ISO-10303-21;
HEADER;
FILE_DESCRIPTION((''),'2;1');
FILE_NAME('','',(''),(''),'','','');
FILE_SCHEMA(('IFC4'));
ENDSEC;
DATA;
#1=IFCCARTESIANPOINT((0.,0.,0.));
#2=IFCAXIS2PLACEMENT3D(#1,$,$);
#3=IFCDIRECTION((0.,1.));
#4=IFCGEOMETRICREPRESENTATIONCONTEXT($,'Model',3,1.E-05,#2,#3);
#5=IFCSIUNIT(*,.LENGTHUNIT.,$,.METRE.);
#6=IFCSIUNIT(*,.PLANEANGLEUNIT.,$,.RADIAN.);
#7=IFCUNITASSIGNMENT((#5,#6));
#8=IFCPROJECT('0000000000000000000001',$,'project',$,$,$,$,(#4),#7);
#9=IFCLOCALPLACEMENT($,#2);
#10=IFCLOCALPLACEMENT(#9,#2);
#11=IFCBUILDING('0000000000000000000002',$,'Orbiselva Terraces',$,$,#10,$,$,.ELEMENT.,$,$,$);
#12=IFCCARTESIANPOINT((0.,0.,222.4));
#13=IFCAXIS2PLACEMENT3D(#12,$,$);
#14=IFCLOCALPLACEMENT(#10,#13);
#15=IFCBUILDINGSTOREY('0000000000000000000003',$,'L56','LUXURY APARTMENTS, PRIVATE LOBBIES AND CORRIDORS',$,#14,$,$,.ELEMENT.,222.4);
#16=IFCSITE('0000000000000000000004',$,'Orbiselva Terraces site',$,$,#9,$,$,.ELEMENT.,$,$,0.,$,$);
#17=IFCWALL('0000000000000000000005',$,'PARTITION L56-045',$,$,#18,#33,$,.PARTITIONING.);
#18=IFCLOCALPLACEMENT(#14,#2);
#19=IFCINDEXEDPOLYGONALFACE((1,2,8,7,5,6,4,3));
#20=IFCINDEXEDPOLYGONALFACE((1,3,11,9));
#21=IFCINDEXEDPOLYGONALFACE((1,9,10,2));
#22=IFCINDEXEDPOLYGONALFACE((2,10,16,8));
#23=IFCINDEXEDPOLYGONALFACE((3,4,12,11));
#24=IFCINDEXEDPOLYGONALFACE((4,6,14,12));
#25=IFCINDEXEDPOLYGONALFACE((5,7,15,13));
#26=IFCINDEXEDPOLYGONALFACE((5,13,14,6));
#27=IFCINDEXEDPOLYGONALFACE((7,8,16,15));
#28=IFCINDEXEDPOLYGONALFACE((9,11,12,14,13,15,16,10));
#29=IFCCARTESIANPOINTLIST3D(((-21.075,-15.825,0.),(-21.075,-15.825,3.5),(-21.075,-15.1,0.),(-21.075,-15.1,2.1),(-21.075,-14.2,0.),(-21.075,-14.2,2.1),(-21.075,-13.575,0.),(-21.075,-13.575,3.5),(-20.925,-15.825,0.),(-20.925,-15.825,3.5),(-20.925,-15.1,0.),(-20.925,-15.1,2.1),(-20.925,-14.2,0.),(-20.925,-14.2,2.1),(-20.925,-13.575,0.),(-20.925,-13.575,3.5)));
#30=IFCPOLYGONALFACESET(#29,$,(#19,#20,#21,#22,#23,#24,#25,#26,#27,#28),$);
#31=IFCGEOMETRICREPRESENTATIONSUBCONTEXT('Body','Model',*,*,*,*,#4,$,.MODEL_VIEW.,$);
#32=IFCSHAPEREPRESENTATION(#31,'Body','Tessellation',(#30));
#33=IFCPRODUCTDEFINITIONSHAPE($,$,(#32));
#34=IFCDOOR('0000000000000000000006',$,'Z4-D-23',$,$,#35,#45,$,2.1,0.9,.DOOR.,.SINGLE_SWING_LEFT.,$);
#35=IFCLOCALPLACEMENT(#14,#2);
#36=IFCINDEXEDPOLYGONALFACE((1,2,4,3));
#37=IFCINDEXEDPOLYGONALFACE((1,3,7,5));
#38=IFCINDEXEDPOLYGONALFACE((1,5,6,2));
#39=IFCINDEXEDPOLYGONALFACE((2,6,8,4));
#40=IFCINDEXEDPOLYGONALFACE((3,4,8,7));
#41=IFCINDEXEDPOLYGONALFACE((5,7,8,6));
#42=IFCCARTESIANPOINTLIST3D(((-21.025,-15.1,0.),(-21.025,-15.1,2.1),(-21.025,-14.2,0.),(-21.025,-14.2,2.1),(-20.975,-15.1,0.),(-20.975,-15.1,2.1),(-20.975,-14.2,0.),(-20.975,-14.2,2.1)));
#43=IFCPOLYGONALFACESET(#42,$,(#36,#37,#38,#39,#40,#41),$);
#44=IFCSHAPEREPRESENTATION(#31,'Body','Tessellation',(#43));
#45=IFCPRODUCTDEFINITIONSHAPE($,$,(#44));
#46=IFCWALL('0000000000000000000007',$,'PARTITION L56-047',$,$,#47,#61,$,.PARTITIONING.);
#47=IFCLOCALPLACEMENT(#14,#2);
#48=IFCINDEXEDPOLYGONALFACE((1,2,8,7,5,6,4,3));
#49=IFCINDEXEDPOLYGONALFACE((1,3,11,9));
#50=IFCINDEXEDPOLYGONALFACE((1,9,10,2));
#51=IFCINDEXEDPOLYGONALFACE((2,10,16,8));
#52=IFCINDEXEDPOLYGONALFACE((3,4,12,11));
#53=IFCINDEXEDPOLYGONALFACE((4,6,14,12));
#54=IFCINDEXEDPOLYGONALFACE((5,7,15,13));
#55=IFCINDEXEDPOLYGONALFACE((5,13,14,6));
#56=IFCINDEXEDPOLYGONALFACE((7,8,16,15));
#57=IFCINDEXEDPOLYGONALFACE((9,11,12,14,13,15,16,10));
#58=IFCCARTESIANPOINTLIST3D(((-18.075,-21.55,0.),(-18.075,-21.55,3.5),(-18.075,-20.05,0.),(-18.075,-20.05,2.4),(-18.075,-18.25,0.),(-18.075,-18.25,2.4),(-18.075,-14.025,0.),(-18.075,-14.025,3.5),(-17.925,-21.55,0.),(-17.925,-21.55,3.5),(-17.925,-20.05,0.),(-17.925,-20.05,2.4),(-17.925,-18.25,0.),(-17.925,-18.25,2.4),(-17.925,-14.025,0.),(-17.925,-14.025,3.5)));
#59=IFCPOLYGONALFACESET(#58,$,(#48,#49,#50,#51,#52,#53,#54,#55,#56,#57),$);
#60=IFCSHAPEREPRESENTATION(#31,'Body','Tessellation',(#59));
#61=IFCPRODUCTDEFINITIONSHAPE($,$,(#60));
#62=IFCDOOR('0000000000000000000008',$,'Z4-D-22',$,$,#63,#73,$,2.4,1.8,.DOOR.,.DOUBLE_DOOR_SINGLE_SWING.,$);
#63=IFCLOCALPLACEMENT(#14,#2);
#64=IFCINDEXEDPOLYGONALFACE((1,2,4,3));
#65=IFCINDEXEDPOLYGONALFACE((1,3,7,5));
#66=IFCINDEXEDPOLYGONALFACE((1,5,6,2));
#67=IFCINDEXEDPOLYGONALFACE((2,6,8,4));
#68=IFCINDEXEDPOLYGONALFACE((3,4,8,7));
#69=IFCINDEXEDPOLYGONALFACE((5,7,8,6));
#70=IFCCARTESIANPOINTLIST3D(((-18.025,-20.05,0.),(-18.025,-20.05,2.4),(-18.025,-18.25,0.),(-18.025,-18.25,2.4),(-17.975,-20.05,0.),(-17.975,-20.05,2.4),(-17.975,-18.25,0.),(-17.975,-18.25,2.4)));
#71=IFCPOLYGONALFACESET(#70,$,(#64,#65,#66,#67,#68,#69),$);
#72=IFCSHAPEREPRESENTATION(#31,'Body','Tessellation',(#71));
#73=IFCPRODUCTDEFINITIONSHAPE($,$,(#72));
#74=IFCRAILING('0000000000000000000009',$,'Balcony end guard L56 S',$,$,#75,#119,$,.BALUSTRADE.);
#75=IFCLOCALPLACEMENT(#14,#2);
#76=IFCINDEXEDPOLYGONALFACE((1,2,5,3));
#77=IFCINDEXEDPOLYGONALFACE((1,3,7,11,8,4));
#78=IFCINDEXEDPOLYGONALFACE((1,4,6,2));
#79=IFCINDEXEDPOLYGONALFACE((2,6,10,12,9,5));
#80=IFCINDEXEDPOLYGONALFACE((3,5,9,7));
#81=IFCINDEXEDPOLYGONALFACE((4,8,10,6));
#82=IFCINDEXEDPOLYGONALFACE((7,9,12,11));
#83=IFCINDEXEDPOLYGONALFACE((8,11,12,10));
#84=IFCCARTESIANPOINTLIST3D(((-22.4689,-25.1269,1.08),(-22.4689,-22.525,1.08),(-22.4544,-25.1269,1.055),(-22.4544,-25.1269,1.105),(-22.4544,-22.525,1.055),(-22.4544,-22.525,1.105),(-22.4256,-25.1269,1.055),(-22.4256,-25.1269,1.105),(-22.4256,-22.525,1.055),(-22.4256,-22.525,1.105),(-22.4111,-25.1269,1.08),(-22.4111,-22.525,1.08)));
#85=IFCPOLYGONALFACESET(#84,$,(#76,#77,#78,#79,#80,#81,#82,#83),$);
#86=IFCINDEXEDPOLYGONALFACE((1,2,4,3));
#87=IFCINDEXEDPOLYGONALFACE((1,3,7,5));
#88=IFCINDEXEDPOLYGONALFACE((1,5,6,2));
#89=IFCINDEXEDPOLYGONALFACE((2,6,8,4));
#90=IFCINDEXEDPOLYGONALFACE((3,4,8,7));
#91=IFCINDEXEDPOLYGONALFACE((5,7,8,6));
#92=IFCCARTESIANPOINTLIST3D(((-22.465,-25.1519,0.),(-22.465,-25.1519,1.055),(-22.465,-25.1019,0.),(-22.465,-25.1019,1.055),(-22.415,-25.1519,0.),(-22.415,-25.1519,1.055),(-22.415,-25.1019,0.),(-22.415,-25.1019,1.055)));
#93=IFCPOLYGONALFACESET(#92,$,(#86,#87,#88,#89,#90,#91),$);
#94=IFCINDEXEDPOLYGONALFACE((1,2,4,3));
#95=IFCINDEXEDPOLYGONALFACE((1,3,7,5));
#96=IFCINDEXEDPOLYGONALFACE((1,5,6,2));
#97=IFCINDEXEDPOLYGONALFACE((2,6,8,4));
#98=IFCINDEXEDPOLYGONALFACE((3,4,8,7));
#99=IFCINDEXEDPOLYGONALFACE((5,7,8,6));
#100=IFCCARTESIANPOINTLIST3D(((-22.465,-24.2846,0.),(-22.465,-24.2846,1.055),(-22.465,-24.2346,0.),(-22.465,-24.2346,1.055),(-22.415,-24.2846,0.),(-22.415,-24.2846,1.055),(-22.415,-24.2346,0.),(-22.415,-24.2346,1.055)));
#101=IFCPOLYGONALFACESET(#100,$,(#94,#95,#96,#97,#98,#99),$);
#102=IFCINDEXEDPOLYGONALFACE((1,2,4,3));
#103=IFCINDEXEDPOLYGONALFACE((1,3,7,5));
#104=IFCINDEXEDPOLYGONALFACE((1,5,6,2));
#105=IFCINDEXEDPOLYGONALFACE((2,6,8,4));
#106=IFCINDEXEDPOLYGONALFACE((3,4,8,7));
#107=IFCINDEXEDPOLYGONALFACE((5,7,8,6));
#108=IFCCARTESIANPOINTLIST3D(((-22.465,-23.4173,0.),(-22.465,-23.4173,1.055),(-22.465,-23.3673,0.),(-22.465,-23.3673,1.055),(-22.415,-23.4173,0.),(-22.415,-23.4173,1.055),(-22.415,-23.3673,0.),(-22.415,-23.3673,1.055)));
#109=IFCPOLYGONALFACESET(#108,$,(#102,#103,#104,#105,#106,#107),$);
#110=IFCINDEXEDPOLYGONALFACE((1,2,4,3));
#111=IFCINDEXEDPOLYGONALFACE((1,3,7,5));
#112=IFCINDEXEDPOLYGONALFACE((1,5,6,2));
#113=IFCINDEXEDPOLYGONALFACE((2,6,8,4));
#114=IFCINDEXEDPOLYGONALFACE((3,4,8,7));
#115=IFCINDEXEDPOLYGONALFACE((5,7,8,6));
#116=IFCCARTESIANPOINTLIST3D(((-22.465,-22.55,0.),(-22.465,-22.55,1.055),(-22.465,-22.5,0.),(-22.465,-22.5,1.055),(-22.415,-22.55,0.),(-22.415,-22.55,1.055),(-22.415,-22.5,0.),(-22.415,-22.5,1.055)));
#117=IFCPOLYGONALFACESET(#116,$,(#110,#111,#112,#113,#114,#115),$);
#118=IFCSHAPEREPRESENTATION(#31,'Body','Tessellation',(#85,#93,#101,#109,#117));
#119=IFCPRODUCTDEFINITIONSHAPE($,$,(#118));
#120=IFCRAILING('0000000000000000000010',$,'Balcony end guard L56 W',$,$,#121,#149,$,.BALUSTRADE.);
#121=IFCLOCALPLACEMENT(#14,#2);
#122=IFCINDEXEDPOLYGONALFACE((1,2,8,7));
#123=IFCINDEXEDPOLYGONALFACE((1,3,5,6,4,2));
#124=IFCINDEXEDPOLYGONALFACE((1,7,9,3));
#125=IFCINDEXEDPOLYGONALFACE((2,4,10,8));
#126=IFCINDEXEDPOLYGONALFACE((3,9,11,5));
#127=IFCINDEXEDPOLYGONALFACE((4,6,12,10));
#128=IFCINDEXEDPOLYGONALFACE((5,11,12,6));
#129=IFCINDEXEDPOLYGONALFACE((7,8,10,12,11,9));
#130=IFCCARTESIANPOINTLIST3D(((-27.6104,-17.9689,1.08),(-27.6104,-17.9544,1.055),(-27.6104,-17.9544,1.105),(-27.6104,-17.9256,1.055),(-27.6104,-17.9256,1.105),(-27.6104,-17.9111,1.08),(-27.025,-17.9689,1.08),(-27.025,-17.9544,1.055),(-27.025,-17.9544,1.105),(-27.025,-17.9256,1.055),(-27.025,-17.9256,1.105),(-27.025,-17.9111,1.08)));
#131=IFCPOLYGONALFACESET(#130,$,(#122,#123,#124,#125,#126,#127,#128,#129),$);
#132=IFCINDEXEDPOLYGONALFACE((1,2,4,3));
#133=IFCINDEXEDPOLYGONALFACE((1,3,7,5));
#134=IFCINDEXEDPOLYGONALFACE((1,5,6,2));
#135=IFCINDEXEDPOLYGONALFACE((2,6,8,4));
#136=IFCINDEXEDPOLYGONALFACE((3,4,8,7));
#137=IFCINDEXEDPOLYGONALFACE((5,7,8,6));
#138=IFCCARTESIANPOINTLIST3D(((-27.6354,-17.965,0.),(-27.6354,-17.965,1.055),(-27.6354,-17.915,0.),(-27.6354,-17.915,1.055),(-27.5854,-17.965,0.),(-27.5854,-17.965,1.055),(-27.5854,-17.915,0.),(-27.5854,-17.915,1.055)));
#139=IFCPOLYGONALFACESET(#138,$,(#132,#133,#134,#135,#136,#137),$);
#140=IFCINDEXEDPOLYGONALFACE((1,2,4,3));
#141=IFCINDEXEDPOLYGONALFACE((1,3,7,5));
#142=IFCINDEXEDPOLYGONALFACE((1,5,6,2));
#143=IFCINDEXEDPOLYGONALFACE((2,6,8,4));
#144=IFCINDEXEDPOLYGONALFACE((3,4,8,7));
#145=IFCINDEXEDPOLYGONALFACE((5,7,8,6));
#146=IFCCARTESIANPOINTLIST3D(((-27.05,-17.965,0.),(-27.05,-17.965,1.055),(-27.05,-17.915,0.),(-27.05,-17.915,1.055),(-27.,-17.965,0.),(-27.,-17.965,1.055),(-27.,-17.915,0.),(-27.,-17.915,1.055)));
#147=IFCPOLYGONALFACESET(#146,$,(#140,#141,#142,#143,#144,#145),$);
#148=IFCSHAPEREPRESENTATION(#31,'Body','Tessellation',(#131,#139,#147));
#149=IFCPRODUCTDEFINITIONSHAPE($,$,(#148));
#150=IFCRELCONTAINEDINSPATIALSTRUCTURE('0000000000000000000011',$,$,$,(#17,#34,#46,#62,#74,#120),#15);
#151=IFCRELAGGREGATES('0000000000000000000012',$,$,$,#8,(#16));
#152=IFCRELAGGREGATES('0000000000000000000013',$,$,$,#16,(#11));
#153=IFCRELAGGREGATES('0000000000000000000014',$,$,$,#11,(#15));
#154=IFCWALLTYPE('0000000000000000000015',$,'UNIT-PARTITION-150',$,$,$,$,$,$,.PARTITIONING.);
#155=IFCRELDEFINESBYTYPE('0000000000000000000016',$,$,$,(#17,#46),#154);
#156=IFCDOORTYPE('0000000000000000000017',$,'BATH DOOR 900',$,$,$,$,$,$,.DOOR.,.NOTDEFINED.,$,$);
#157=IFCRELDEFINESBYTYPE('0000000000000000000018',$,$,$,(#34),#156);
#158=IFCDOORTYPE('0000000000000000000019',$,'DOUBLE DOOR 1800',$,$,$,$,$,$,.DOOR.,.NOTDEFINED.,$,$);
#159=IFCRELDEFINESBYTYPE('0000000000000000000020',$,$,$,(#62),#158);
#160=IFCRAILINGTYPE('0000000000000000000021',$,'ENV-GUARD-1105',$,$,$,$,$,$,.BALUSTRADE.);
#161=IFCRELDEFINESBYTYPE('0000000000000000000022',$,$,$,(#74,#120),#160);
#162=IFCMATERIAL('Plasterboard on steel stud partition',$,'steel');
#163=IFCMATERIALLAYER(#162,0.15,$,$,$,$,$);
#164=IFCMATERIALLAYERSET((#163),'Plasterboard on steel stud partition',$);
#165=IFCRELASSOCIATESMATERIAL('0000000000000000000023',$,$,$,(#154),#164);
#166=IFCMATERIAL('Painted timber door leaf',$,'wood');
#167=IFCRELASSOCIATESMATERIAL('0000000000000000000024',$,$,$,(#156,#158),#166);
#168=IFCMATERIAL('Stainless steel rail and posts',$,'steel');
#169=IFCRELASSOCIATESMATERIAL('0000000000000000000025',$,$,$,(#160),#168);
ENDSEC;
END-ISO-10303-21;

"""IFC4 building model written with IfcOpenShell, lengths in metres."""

from ifc_helpers import new_model, si_unit, direction, frame, frame_2d, origin, origin_2d, place, context, subcontext, project, spatial, polyline, rectangle, outline, extrude, material, layer, layer_set, type_object, element, fill, save


model = new_model("IFC4")

# Units and contexts
model_context = context("Model", 3, precision=1e-05, world=origin(), true_north=direction((0.0, 1.0)))
body_context = subcontext(model_context, "Body", "Model", "MODEL_VIEW")
ifc_project = project(units=[si_unit("LENGTHUNIT", "METRE"), si_unit("PLANEANGLEUNIT", "RADIAN")], contexts=[model_context])

# Site, building, storey
site_placement = place(None, origin())
site = spatial("IfcSite", under=ifc_project, at=site_placement, Name="Orbiselva Terraces site", CompositionType="ELEMENT", RefElevation=0.0)
building_placement = place(site_placement, origin())
building = spatial("IfcBuilding", under=site, at=building_placement, Name="Orbiselva Terraces", CompositionType="ELEMENT")
storey_placement = place(building_placement, frame((0.0, 0.0, 222.4)))
storey = spatial("IfcBuildingStorey", under=building, at=storey_placement, Name="L56", Description="LUXURY APARTMENTS, PRIVATE LOBBIES AND CORRIDORS", CompositionType="ELEMENT", Elevation=222.4)

# Shared definitions
ifc_material_1 = material(Name="Plasterboard on steel stud partition", Category="steel")
ifc_layer_1 = layer(ifc_material_1, 0.15)
ifc_layer_set_1 = layer_set([ifc_layer_1], Name="Plasterboard on steel stud partition")
wall_type_1 = type_object("IfcWallType", Name="UNIT-PARTITION-150", PredefinedType="PARTITIONING", material=ifc_layer_set_1)

# Walls, openings, doors
wall_1_placement = place(storey_placement, frame((-21.0, -13.575, 0.0), z_axis=(0.0, 0.0, 1.0), x_axis=(0.0, -1.0, 0.0)))
wall_1 = element("IfcWall", 1, at=wall_1_placement, inside=storey, type_object=wall_type_1, Name="PARTITION L56-045", PredefinedType="PARTITIONING", context=body_context, shape_type="SweptSolid", body=[
    extrude(rectangle(XDim=2.25, YDim=0.15, at=frame_2d((1.125, 0.0))), origin(), (0.0, 0.0, 1.0), 3.5),
])
opening_1_placement = place(wall_1_placement, frame((0.625, 0.0, 0.0)))
opening_1 = element("IfcOpeningElement", 2, at=opening_1_placement, cuts=wall_1, PredefinedType="OPENING", context=body_context, shape_type="SweptSolid", body=[
    extrude(rectangle(XDim=0.9, YDim=2.1, at=frame_2d((0.45, 1.05))), frame((0.0, 0.085, 0.0), z_axis=(0.0, -1.0, 0.0), x_axis=(1.0, 0.0, 0.0)), (0.0, 0.0, 1.0), 0.17),
])
ifc_material_2 = material(Name="Painted timber door leaf", Category="wood")
door_type_1 = type_object("IfcDoorType", Name="BATH DOOR 900", OperationType="NOTDEFINED", PredefinedType="DOOR", material=ifc_material_2)
door_1_placement = place(opening_1_placement, origin())
door_1 = element("IfcDoor", 3, at=door_1_placement, inside=storey, type_object=door_type_1, Name="Z4-D-23", OperationType="SINGLE_SWING_LEFT", OverallHeight=2.1, OverallWidth=0.9, PredefinedType="DOOR", context=body_context, shape_type="SweptSolid", body=[
    extrude(rectangle(XDim=0.9, YDim=2.1, at=frame_2d((0.45, 1.05))), frame((0.0, 0.025, 0.0), z_axis=(0.0, -1.0, 0.0), x_axis=(1.0, 0.0, 0.0)), (0.0, 0.0, 1.0), 0.05),
])
fill(opening_1, door_1)
wall_2_placement = place(storey_placement, frame((-18.0, -21.55, 0.0), z_axis=(0.0, 0.0, 1.0), x_axis=(0.0, 1.0, 0.0)))
wall_2 = element("IfcWall", 4, at=wall_2_placement, inside=storey, type_object=wall_type_1, Name="PARTITION L56-047", PredefinedType="PARTITIONING", context=body_context, shape_type="SweptSolid", body=[
    extrude(rectangle(XDim=7.525, YDim=0.15, at=frame_2d((3.7625, 0.0))), origin(), (0.0, 0.0, 1.0), 3.5),
])
opening_2_placement = place(wall_2_placement, frame((1.5, 0.0, 0.0)))
opening_2 = element("IfcOpeningElement", 5, at=opening_2_placement, cuts=wall_2, PredefinedType="OPENING", context=body_context, shape_type="SweptSolid", body=[
    extrude(rectangle(XDim=1.8, YDim=2.4, at=frame_2d((0.9, 1.2))), frame((0.0, 0.085, 0.0), z_axis=(0.0, -1.0, 0.0), x_axis=(1.0, 0.0, 0.0)), (0.0, 0.0, 1.0), 0.17),
])
door_type_2 = type_object("IfcDoorType", Name="DOUBLE DOOR 1800", OperationType="NOTDEFINED", PredefinedType="DOOR", material=ifc_material_2)
door_2_placement = place(opening_2_placement, origin())
door_2 = element("IfcDoor", 6, at=door_2_placement, inside=storey, type_object=door_type_2, Name="Z4-D-22", OperationType="DOUBLE_DOOR_SINGLE_SWING", OverallHeight=2.4, OverallWidth=1.8, PredefinedType="DOOR", context=body_context, shape_type="SweptSolid", body=[
    extrude(rectangle(XDim=1.8, YDim=2.4, at=frame_2d((0.9, 1.2))), frame((0.0, 0.025, 0.0), z_axis=(0.0, -1.0, 0.0), x_axis=(1.0, 0.0, 0.0)), (0.0, 0.0, 1.0), 0.05),
])
fill(opening_2, door_2)

# Railings
ifc_material_3 = material(Name="Stainless steel rail and posts", Category="steel")
railing_type_1 = type_object("IfcRailingType", Name="ENV-GUARD-1105", PredefinedType="BALUSTRADE", material=ifc_material_3)
railing_1_placement = place(storey_placement, frame((-22.44, -25.1269, 0.0)))
element("IfcRailing", 7, at=railing_1_placement, inside=storey, type_object=railing_type_1, Name="Balcony end guard L56 S", PredefinedType="BALUSTRADE", context=body_context, shape_type="SweptSolid", body=[
    extrude(outline(polyline([(0.0289, 0.0), (0.0144, 0.025), (-0.0144, 0.025), (-0.0289, 0.0), (-0.0144, -0.025), (0.0144, -0.025), (0.0289, 0.0)])), frame((0.0, 0.0, 1.08), z_axis=(0.0, 1.0, 0.0), x_axis=(-1.0, 0.0, 0.0)), (0.0, 0.0, 1.0), 2.6019),
    extrude(rectangle(XDim=0.05, YDim=0.05, at=origin_2d()), origin(), (0.0, 0.0, 1.0), 1.055),
    extrude(rectangle(XDim=0.05, YDim=0.05, at=origin_2d()), frame((0.0, 0.8673, 0.0)), (0.0, 0.0, 1.0), 1.055),
    extrude(rectangle(XDim=0.05, YDim=0.05, at=origin_2d()), frame((0.0, 1.7346, 0.0)), (0.0, 0.0, 1.0), 1.055),
    extrude(rectangle(XDim=0.05, YDim=0.05, at=origin_2d()), frame((0.0, 2.6019, 0.0)), (0.0, 0.0, 1.0), 1.055),
])
railing_2_placement = place(storey_placement, frame((-27.6104, -17.94, 0.0)))
element("IfcRailing", 8, at=railing_2_placement, inside=storey, type_object=railing_type_1, Name="Balcony end guard L56 W", PredefinedType="BALUSTRADE", context=body_context, shape_type="SweptSolid", body=[
    extrude(outline(polyline([(0.0289, 0.0), (0.0144, 0.025), (-0.0144, 0.025), (-0.0289, 0.0), (-0.0144, -0.025), (0.0144, -0.025), (0.0289, 0.0)])), frame((0.0, 0.0, 1.08), z_axis=(1.0, 0.0, 0.0), x_axis=(0.0, 1.0, 0.0)), (0.0, 0.0, 1.0), 0.5854),
    extrude(rectangle(XDim=0.05, YDim=0.05, at=origin_2d()), origin(), (0.0, 0.0, 1.0), 1.055),
    extrude(rectangle(XDim=0.05, YDim=0.05, at=origin_2d()), frame((0.5854, 0.0, 0.0)), (0.0, 0.0, 1.0), 1.055),
])

save(model, "model.ifc")
